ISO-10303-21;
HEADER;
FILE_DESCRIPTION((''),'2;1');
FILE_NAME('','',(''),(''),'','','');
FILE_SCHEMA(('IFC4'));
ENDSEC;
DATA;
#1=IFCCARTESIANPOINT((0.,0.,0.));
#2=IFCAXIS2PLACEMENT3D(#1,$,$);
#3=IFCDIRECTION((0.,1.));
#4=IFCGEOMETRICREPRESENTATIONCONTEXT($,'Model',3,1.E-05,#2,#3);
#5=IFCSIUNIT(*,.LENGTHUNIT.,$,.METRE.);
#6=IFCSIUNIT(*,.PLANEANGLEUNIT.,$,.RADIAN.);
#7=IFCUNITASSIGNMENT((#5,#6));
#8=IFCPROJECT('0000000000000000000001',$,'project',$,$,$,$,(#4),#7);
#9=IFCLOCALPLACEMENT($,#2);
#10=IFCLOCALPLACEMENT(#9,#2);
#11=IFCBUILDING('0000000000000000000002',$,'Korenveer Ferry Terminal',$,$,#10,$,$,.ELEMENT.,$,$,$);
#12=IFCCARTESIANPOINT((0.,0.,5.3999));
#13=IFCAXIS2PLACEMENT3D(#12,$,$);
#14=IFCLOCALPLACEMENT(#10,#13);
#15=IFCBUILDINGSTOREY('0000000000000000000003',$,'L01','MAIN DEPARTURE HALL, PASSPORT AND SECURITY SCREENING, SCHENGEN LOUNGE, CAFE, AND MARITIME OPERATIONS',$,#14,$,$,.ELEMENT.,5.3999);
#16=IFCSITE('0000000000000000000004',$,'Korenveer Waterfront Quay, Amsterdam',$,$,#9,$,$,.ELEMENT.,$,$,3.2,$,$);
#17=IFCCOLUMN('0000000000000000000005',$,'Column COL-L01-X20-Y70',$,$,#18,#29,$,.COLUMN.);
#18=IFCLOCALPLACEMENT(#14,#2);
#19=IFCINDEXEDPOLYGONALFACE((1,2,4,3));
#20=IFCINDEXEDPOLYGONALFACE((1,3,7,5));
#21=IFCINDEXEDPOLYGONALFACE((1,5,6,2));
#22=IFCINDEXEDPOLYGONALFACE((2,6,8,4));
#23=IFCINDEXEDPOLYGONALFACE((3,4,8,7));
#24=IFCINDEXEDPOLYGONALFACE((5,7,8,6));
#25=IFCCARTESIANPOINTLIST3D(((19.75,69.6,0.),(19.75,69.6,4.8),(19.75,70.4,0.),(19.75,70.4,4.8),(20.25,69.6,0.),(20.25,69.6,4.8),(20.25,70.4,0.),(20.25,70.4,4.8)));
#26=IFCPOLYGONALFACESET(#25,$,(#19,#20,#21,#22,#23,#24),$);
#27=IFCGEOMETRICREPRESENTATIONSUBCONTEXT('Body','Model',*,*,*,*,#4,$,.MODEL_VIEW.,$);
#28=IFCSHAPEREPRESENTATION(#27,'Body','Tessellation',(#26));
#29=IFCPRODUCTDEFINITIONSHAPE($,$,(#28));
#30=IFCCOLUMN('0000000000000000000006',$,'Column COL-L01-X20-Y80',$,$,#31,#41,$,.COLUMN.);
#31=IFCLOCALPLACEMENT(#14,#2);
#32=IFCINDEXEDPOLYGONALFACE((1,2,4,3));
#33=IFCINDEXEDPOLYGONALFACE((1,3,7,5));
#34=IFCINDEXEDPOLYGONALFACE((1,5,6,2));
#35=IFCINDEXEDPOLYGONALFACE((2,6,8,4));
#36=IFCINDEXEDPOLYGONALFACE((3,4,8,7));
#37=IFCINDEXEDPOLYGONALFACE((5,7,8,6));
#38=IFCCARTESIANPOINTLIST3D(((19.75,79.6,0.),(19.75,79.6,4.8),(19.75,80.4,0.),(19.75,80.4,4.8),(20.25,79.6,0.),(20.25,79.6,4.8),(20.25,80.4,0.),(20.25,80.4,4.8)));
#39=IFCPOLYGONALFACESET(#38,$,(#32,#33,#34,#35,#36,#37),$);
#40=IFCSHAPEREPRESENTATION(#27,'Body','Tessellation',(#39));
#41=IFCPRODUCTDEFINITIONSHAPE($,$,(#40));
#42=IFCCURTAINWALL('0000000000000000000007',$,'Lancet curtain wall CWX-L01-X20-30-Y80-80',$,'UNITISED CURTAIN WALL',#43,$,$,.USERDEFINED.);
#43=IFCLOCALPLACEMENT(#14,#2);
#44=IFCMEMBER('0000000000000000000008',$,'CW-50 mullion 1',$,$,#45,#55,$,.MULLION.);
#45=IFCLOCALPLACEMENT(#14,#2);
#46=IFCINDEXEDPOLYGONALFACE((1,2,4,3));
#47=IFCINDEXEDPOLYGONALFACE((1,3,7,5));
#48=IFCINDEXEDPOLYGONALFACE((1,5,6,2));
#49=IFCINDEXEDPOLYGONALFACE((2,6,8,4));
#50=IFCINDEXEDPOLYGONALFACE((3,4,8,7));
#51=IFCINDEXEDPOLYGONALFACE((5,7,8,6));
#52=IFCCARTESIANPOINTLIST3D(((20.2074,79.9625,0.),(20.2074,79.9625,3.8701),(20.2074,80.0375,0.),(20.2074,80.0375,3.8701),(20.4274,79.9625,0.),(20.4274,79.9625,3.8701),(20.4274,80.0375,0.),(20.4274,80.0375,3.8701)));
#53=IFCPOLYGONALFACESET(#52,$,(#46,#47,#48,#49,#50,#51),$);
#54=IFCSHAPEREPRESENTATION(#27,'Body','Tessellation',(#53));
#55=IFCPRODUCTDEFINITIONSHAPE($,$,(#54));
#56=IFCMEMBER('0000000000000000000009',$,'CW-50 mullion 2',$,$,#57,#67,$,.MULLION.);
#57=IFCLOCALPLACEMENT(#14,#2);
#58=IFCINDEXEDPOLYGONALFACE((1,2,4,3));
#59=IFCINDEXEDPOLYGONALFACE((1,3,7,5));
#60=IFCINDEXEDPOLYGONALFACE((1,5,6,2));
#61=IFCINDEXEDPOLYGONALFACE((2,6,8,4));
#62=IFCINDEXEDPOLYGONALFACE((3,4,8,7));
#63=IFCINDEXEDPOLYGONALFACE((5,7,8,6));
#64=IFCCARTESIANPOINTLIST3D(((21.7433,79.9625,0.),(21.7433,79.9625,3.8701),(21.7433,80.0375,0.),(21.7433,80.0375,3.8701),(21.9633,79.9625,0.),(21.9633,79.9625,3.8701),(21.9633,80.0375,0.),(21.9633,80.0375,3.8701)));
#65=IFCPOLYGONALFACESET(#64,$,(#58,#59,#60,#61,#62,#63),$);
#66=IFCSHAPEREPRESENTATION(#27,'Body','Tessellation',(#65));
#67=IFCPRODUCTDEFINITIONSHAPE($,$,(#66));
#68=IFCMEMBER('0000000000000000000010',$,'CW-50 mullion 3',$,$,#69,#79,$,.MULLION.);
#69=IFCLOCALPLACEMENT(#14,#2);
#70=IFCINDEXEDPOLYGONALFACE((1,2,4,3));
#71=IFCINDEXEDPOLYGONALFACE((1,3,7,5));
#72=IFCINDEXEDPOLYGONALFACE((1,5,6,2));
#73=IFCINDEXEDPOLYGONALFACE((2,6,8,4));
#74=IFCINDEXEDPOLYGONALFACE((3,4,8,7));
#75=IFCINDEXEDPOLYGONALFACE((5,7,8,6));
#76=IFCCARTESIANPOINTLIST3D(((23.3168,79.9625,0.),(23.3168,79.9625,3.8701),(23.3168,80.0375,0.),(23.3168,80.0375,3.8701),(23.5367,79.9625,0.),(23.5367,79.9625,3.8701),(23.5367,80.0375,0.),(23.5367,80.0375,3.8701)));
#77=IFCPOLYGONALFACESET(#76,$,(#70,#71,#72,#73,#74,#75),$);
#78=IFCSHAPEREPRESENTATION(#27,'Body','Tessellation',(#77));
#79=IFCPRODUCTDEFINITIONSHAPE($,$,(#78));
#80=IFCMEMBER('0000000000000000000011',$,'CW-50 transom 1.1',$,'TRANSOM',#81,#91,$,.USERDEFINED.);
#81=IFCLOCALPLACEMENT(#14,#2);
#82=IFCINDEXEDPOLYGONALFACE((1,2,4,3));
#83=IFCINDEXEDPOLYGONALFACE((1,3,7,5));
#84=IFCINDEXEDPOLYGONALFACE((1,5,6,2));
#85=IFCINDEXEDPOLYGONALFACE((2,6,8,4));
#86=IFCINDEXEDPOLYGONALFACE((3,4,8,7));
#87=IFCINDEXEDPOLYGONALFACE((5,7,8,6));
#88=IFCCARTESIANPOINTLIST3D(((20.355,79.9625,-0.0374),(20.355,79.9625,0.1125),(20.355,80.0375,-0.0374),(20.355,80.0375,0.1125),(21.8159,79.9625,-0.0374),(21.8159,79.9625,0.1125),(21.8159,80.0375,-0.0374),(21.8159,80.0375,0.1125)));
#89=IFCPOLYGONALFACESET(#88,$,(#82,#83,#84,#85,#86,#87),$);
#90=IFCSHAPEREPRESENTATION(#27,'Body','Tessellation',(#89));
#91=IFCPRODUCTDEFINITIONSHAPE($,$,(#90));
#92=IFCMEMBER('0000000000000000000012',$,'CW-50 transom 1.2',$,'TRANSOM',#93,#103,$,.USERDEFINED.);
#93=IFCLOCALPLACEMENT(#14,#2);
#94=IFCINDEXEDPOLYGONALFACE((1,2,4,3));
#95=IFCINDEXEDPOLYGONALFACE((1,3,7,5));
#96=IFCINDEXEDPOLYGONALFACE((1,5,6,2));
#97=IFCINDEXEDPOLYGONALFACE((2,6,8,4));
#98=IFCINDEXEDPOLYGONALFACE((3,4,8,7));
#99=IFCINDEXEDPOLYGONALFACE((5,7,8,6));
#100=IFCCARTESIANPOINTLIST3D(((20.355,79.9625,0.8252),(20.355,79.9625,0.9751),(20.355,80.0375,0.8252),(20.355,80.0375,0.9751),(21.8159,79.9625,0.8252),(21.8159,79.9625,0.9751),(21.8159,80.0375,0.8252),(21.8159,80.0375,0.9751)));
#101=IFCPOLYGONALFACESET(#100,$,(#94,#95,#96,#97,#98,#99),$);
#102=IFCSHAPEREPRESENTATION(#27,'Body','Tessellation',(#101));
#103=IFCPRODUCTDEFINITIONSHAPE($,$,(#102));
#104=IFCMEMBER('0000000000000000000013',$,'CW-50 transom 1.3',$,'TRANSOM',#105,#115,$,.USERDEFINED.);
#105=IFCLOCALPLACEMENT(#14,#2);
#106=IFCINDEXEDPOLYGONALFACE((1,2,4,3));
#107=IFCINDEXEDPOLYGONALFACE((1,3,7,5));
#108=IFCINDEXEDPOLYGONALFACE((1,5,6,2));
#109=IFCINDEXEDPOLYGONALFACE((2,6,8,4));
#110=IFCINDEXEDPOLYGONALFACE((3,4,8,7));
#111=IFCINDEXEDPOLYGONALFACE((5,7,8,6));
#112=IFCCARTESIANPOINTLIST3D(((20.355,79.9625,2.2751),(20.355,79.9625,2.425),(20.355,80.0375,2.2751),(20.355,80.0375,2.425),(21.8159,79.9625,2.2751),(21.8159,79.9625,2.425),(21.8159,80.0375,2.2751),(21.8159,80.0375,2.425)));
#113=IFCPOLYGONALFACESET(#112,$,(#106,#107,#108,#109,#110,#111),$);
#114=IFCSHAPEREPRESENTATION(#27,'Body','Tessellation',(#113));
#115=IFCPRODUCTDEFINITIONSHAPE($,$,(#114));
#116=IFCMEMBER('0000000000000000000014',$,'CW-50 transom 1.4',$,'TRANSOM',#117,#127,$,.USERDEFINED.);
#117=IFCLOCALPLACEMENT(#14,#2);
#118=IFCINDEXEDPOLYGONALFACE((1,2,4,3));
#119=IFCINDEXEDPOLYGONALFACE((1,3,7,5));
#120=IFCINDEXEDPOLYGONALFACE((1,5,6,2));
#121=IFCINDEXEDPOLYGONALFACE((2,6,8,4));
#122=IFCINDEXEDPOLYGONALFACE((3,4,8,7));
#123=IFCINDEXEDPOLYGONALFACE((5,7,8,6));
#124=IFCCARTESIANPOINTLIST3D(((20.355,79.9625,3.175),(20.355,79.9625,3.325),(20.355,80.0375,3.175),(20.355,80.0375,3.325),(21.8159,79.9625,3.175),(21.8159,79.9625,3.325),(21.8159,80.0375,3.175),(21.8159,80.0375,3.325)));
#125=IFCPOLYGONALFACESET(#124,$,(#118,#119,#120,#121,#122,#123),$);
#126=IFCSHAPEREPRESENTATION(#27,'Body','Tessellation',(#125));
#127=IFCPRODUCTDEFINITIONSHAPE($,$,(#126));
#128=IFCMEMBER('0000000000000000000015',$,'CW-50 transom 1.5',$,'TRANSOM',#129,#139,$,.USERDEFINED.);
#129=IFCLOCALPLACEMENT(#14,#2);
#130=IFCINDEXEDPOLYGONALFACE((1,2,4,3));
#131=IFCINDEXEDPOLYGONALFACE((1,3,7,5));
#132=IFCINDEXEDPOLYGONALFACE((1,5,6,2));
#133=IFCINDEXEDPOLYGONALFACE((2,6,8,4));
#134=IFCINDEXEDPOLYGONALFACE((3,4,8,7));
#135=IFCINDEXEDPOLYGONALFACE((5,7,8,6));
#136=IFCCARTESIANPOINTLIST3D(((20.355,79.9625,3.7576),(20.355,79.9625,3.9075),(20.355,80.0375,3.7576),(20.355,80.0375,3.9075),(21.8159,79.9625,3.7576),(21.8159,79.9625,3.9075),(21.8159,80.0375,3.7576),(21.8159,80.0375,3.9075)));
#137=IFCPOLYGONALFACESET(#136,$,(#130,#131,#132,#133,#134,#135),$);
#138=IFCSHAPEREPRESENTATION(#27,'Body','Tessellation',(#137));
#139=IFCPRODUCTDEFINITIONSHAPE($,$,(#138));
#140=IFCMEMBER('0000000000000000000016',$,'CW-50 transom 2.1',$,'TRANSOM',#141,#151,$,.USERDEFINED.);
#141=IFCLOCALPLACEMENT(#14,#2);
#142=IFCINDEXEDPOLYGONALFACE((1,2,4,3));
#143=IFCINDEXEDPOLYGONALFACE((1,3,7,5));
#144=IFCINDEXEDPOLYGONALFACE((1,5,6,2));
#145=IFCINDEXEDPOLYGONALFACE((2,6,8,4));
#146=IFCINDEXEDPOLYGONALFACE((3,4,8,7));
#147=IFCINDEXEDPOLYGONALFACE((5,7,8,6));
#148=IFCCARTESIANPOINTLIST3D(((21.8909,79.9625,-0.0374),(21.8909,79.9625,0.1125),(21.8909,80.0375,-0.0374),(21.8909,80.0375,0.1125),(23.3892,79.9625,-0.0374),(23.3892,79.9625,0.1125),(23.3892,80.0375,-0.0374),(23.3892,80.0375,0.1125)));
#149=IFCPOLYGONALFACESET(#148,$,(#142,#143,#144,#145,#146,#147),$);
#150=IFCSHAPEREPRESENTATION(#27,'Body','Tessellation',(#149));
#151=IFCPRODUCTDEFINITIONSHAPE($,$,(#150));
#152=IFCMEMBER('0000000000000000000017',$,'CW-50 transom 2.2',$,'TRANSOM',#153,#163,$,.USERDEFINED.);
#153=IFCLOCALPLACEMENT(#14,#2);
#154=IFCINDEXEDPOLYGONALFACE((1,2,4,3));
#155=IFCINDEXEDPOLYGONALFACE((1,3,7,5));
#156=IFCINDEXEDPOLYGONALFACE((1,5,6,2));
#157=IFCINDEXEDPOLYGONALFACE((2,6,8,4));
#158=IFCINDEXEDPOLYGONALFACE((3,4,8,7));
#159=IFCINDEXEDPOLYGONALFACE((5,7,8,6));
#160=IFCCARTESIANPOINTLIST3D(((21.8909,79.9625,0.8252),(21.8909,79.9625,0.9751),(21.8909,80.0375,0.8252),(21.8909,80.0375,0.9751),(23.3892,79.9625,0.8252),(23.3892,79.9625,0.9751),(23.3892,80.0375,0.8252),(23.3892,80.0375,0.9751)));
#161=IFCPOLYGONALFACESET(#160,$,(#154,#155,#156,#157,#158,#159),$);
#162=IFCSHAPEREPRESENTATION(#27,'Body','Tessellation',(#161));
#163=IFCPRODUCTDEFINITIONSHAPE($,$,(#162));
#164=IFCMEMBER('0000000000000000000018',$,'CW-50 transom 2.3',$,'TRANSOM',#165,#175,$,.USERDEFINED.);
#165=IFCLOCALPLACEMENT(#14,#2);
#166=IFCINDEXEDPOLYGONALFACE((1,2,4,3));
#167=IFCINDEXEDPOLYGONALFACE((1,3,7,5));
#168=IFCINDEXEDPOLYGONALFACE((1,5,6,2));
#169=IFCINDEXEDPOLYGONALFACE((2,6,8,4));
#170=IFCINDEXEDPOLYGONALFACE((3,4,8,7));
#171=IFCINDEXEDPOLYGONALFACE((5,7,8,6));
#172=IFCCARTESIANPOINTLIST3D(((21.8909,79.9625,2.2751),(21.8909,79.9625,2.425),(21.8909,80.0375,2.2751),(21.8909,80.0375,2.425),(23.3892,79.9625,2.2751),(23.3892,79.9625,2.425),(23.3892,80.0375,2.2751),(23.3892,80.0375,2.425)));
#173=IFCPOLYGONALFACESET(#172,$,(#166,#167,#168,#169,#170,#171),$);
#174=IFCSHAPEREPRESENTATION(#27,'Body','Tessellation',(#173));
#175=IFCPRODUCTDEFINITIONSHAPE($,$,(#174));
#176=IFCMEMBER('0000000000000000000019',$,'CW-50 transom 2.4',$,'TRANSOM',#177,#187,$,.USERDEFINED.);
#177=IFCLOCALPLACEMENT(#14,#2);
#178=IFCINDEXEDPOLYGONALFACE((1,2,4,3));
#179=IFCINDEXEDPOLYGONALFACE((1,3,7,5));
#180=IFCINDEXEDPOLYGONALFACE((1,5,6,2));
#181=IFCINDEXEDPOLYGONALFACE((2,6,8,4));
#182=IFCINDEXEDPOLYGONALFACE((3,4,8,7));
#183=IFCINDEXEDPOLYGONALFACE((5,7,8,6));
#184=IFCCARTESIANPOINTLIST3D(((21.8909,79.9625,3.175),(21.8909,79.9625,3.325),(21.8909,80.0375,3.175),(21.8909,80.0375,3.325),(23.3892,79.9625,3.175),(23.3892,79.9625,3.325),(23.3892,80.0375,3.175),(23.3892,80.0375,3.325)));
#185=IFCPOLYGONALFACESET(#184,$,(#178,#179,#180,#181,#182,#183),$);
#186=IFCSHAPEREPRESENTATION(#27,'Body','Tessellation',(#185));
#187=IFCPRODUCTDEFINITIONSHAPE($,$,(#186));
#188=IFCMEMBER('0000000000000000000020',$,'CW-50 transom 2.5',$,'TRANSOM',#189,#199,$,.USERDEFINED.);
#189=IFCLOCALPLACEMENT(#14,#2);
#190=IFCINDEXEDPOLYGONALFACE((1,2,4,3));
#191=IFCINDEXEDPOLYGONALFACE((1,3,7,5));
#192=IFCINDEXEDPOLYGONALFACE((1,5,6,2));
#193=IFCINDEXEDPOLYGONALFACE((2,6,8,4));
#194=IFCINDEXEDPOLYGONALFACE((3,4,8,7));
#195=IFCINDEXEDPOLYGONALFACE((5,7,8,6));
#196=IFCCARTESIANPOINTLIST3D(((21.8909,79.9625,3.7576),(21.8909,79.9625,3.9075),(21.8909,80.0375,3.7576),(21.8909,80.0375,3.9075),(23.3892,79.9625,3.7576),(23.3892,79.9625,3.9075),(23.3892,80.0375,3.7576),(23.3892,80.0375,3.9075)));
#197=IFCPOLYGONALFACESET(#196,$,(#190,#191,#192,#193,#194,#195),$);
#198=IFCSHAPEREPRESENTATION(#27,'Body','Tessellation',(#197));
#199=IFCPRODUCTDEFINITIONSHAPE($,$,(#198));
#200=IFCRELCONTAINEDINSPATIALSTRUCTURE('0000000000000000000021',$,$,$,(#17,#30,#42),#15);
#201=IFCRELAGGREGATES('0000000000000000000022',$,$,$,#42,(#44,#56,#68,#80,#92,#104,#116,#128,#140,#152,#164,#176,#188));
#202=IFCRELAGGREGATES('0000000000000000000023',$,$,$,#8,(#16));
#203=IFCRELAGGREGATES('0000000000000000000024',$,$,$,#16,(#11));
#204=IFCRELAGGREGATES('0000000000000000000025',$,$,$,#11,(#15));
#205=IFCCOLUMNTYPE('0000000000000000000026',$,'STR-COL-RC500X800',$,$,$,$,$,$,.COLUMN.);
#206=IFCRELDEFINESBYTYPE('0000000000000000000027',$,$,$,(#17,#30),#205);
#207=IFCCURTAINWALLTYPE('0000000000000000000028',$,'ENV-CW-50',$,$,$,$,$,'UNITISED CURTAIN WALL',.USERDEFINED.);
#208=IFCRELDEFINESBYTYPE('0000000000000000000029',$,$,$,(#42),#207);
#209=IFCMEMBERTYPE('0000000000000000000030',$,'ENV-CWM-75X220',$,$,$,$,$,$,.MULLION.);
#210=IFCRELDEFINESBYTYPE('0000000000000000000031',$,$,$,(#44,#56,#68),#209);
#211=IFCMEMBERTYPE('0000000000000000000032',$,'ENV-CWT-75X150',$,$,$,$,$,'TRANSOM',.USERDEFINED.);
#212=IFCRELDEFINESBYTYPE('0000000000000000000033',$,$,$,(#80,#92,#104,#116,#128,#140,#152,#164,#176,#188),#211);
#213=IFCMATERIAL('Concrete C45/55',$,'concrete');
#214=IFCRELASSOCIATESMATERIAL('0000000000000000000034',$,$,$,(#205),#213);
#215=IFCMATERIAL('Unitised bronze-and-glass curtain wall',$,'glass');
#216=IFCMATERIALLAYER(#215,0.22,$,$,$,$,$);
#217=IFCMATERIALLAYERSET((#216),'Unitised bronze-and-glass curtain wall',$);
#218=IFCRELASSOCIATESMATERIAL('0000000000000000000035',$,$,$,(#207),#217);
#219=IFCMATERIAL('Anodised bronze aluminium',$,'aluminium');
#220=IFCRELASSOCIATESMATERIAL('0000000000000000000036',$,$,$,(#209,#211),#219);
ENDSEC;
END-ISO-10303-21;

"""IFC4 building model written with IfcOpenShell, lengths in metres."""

from ifc_helpers import new_model, si_unit, direction, frame, origin, origin_2d, place, context, subcontext, project, spatial, rectangle, extrude, material, layer, layer_set, material_profile, profile_set, type_object, element, aggregate, save


model = new_model("IFC4")

# Units and contexts
model_context = context("Model", 3, precision=1e-05, world=origin(), true_north=direction((0.0, 1.0)))
body_context = subcontext(model_context, "Body", "Model", "MODEL_VIEW")
ifc_project = project(units=[si_unit("LENGTHUNIT", "METRE"), si_unit("PLANEANGLEUNIT", "RADIAN")], contexts=[model_context])

# Site, building, storey
site_placement = place(None, origin())
site = spatial("IfcSite", under=ifc_project, at=site_placement, Name="Korenveer Waterfront Quay, Amsterdam", CompositionType="ELEMENT", RefElevation=3.2)
building_placement = place(site_placement, origin())
building = spatial("IfcBuilding", under=site, at=building_placement, Name="Korenveer Ferry Terminal", CompositionType="ELEMENT")
storey_placement = place(building_placement, frame((0.0, 0.0, 5.3999)))
storey = spatial("IfcBuildingStorey", under=building, at=storey_placement, Name="L01", Description="MAIN DEPARTURE HALL, PASSPORT AND SECURITY SCREENING, SCHENGEN LOUNGE, CAFE, AND MARITIME OPERATIONS", CompositionType="ELEMENT", Elevation=5.3999)

# Columns
ifc_material_1 = material(Name="Concrete C45/55", Category="concrete")
ifc_material_profile_1 = material_profile(ifc_material_1, rectangle(XDim=0.5, YDim=0.8, at=origin_2d()), Name="RC 500x800")
ifc_profile_set_1 = profile_set([ifc_material_profile_1], Name="Concrete C45/55")
column_type = type_object("IfcColumnType", Name="STR-COL-RC500X800", PredefinedType="COLUMN", material=ifc_profile_set_1)
for number, where, z_axis, x_axis, name in (
    (1, (20.0, 70.0, 0.0), (0.0, 0.0, 1.0), (1.0, 0.0, 0.0), "Column COL-L01-X20-Y70"),
    (2, (20.0, 80.0, 0.0), (0.0, 0.0, 1.0), (1.0, 0.0, 0.0), "Column COL-L01-X20-Y80"),
):
    element("IfcColumn", number, at=place(storey_placement, frame(where, z_axis=z_axis, x_axis=x_axis)), inside=storey, type_object=column_type, Name=name, PredefinedType="COLUMN", context=body_context, shape_type="SweptSolid", body=[
        extrude(rectangle(XDim=0.5, YDim=0.8, at=origin_2d()), origin(), (0.0, 0.0, 1.0), 4.8),
    ])

# Curtain wall, members
ifc_material_2 = material(Name="Unitised bronze-and-glass curtain wall", Category="glass")
ifc_layer_1 = layer(ifc_material_2, 0.22)
ifc_layer_set_1 = layer_set([ifc_layer_1], Name="Unitised bronze-and-glass curtain wall")
curtain_wall_type = type_object("IfcCurtainWallType", Name="ENV-CW-50", ElementType="UNITISED CURTAIN WALL", PredefinedType="USERDEFINED", material=ifc_layer_set_1)
curtain_wall_placement = place(storey_placement, frame((20.28, 80.0, 0.0)))
curtain_wall = element("IfcCurtainWall", 3, at=curtain_wall_placement, inside=storey, type_object=curtain_wall_type, Name="Lancet curtain wall CWX-L01-X20-30-Y80-80", ObjectType="UNITISED CURTAIN WALL", PredefinedType="USERDEFINED")
ifc_material_3 = material(Name="Anodised bronze aluminium", Category="aluminium")
ifc_material_profile_2 = material_profile(ifc_material_3, rectangle(XDim=0.075, YDim=0.22, at=origin_2d()), Name="ALU 75x220")
ifc_profile_set_2 = profile_set([ifc_material_profile_2], Name="Anodised bronze aluminium")
member_type_1 = type_object("IfcMemberType", Name="ENV-CWM-75X220", PredefinedType="MULLION", material=ifc_profile_set_2)
member_1_placement = place(storey_placement, frame((20.3174, 80.0, 0.0), z_axis=(0.0, 0.0, 1.0), x_axis=(0.0, 1.0, 0.0)))
member_1 = element("IfcMember", 4, at=member_1_placement, type_object=member_type_1, Name="CW-50 mullion 1", PredefinedType="MULLION", context=body_context, shape_type="SweptSolid", body=[
    extrude(rectangle(XDim=0.075, YDim=0.22, at=origin_2d()), origin(), (0.0, 0.0, 1.0), 3.8701),
])
member_2_placement = place(storey_placement, frame((21.8533, 80.0, 0.0), z_axis=(0.0, 0.0, 1.0), x_axis=(0.0, 1.0, 0.0)))
member_2 = element("IfcMember", 5, at=member_2_placement, type_object=member_type_1, Name="CW-50 mullion 2", PredefinedType="MULLION", context=body_context, shape_type="SweptSolid", body=[
    extrude(rectangle(XDim=0.075, YDim=0.22, at=origin_2d()), origin(), (0.0, 0.0, 1.0), 3.8701),
])
member_3_placement = place(storey_placement, frame((23.4268, 80.0, 0.0), z_axis=(0.0, 0.0, 1.0), x_axis=(0.0, 1.0, 0.0)))
member_3 = element("IfcMember", 6, at=member_3_placement, type_object=member_type_1, Name="CW-50 mullion 3", PredefinedType="MULLION", context=body_context, shape_type="SweptSolid", body=[
    extrude(rectangle(XDim=0.075, YDim=0.22, at=origin_2d()), origin(), (0.0, 0.0, 1.0), 3.8701),
])
ifc_material_profile_3 = material_profile(ifc_material_3, rectangle(XDim=0.075, YDim=0.1499, at=origin_2d()), Name="ALU 75x150")
ifc_profile_set_3 = profile_set([ifc_material_profile_3], Name="Anodised bronze aluminium")
member_type_2 = type_object("IfcMemberType", Name="ENV-CWT-75X150", ElementType="TRANSOM", PredefinedType="USERDEFINED", material=ifc_profile_set_3)
member_4_placement = place(storey_placement, frame((20.355, 80.0, 0.0376), z_axis=(1.0, 0.0, 0.0), x_axis=(0.0, 1.0, 0.0)))
member_4 = element("IfcMember", 7, at=member_4_placement, type_object=member_type_2, Name="CW-50 transom 1.1", ObjectType="TRANSOM", PredefinedType="USERDEFINED", context=body_context, shape_type="SweptSolid", body=[
    extrude(rectangle(XDim=0.075, YDim=0.1499, at=origin_2d()), origin(), (0.0, 0.0, 1.0), 1.4609),
])
member_5_placement = place(storey_placement, frame((20.355, 80.0, 0.9001), z_axis=(1.0, 0.0, 0.0), x_axis=(0.0, 1.0, 0.0)))
member_5 = element("IfcMember", 8, at=member_5_placement, type_object=member_type_2, Name="CW-50 transom 1.2", ObjectType="TRANSOM", PredefinedType="USERDEFINED", context=body_context, shape_type="SweptSolid", body=[
    extrude(rectangle(XDim=0.075, YDim=0.1499, at=origin_2d()), origin(), (0.0, 0.0, 1.0), 1.4609),
])
member_6_placement = place(storey_placement, frame((20.355, 80.0, 2.3501), z_axis=(1.0, 0.0, 0.0), x_axis=(0.0, 1.0, 0.0)))
member_6 = element("IfcMember", 9, at=member_6_placement, type_object=member_type_2, Name="CW-50 transom 1.3", ObjectType="TRANSOM", PredefinedType="USERDEFINED", context=body_context, shape_type="SweptSolid", body=[
    extrude(rectangle(XDim=0.075, YDim=0.1499, at=origin_2d()), origin(), (0.0, 0.0, 1.0), 1.4609),
])
member_7_placement = place(storey_placement, frame((20.355, 80.0, 3.25), z_axis=(1.0, 0.0, 0.0), x_axis=(0.0, 1.0, 0.0)))
member_7 = element("IfcMember", 10, at=member_7_placement, type_object=member_type_2, Name="CW-50 transom 1.4", ObjectType="TRANSOM", PredefinedType="USERDEFINED", context=body_context, shape_type="SweptSolid", body=[
    extrude(rectangle(XDim=0.075, YDim=0.1499, at=origin_2d()), origin(), (0.0, 0.0, 1.0), 1.4609),
])
member_8_placement = place(storey_placement, frame((20.355, 80.0, 3.8325), z_axis=(1.0, 0.0, 0.0), x_axis=(0.0, 1.0, 0.0)))
member_8 = element("IfcMember", 11, at=member_8_placement, type_object=member_type_2, Name="CW-50 transom 1.5", ObjectType="TRANSOM", PredefinedType="USERDEFINED", context=body_context, shape_type="SweptSolid", body=[
    extrude(rectangle(XDim=0.075, YDim=0.1499, at=origin_2d()), origin(), (0.0, 0.0, 1.0), 1.4609),
])
member_9_placement = place(storey_placement, frame((21.8909, 80.0, 0.0376), z_axis=(1.0, 0.0, 0.0), x_axis=(0.0, 1.0, 0.0)))
member_9 = element("IfcMember", 12, at=member_9_placement, type_object=member_type_2, Name="CW-50 transom 2.1", ObjectType="TRANSOM", PredefinedType="USERDEFINED", context=body_context, shape_type="SweptSolid", body=[
    extrude(rectangle(XDim=0.075, YDim=0.1499, at=origin_2d()), origin(), (0.0, 0.0, 1.0), 1.4983),
])
member_10_placement = place(storey_placement, frame((21.8909, 80.0, 0.9001), z_axis=(1.0, 0.0, 0.0), x_axis=(0.0, 1.0, 0.0)))
member_10 = element("IfcMember", 13, at=member_10_placement, type_object=member_type_2, Name="CW-50 transom 2.2", ObjectType="TRANSOM", PredefinedType="USERDEFINED", context=body_context, shape_type="SweptSolid", body=[
    extrude(rectangle(XDim=0.075, YDim=0.1499, at=origin_2d()), origin(), (0.0, 0.0, 1.0), 1.4983),
])
member_11_placement = place(storey_placement, frame((21.8909, 80.0, 2.3501), z_axis=(1.0, 0.0, 0.0), x_axis=(0.0, 1.0, 0.0)))
member_11 = element("IfcMember", 14, at=member_11_placement, type_object=member_type_2, Name="CW-50 transom 2.3", ObjectType="TRANSOM", PredefinedType="USERDEFINED", context=body_context, shape_type="SweptSolid", body=[
    extrude(rectangle(XDim=0.075, YDim=0.1499, at=origin_2d()), origin(), (0.0, 0.0, 1.0), 1.4983),
])
member_12_placement = place(storey_placement, frame((21.8909, 80.0, 3.25), z_axis=(1.0, 0.0, 0.0), x_axis=(0.0, 1.0, 0.0)))
member_12 = element("IfcMember", 15, at=member_12_placement, type_object=member_type_2, Name="CW-50 transom 2.4", ObjectType="TRANSOM", PredefinedType="USERDEFINED", context=body_context, shape_type="SweptSolid", body=[
    extrude(rectangle(XDim=0.075, YDim=0.1499, at=origin_2d()), origin(), (0.0, 0.0, 1.0), 1.4983),
])
member_13_placement = place(storey_placement, frame((21.8909, 80.0, 3.8325), z_axis=(1.0, 0.0, 0.0), x_axis=(0.0, 1.0, 0.0)))
member_13 = element("IfcMember", 16, at=member_13_placement, type_object=member_type_2, Name="CW-50 transom 2.5", ObjectType="TRANSOM", PredefinedType="USERDEFINED", context=body_context, shape_type="SweptSolid", body=[
    extrude(rectangle(XDim=0.075, YDim=0.1499, at=origin_2d()), origin(), (0.0, 0.0, 1.0), 1.4983),
])

aggregate(curtain_wall, [member_1, member_2, member_3, member_4, member_5, member_6, member_7, member_8, member_9, member_10, member_11, member_12, member_13])

save(model, "model.ifc")
